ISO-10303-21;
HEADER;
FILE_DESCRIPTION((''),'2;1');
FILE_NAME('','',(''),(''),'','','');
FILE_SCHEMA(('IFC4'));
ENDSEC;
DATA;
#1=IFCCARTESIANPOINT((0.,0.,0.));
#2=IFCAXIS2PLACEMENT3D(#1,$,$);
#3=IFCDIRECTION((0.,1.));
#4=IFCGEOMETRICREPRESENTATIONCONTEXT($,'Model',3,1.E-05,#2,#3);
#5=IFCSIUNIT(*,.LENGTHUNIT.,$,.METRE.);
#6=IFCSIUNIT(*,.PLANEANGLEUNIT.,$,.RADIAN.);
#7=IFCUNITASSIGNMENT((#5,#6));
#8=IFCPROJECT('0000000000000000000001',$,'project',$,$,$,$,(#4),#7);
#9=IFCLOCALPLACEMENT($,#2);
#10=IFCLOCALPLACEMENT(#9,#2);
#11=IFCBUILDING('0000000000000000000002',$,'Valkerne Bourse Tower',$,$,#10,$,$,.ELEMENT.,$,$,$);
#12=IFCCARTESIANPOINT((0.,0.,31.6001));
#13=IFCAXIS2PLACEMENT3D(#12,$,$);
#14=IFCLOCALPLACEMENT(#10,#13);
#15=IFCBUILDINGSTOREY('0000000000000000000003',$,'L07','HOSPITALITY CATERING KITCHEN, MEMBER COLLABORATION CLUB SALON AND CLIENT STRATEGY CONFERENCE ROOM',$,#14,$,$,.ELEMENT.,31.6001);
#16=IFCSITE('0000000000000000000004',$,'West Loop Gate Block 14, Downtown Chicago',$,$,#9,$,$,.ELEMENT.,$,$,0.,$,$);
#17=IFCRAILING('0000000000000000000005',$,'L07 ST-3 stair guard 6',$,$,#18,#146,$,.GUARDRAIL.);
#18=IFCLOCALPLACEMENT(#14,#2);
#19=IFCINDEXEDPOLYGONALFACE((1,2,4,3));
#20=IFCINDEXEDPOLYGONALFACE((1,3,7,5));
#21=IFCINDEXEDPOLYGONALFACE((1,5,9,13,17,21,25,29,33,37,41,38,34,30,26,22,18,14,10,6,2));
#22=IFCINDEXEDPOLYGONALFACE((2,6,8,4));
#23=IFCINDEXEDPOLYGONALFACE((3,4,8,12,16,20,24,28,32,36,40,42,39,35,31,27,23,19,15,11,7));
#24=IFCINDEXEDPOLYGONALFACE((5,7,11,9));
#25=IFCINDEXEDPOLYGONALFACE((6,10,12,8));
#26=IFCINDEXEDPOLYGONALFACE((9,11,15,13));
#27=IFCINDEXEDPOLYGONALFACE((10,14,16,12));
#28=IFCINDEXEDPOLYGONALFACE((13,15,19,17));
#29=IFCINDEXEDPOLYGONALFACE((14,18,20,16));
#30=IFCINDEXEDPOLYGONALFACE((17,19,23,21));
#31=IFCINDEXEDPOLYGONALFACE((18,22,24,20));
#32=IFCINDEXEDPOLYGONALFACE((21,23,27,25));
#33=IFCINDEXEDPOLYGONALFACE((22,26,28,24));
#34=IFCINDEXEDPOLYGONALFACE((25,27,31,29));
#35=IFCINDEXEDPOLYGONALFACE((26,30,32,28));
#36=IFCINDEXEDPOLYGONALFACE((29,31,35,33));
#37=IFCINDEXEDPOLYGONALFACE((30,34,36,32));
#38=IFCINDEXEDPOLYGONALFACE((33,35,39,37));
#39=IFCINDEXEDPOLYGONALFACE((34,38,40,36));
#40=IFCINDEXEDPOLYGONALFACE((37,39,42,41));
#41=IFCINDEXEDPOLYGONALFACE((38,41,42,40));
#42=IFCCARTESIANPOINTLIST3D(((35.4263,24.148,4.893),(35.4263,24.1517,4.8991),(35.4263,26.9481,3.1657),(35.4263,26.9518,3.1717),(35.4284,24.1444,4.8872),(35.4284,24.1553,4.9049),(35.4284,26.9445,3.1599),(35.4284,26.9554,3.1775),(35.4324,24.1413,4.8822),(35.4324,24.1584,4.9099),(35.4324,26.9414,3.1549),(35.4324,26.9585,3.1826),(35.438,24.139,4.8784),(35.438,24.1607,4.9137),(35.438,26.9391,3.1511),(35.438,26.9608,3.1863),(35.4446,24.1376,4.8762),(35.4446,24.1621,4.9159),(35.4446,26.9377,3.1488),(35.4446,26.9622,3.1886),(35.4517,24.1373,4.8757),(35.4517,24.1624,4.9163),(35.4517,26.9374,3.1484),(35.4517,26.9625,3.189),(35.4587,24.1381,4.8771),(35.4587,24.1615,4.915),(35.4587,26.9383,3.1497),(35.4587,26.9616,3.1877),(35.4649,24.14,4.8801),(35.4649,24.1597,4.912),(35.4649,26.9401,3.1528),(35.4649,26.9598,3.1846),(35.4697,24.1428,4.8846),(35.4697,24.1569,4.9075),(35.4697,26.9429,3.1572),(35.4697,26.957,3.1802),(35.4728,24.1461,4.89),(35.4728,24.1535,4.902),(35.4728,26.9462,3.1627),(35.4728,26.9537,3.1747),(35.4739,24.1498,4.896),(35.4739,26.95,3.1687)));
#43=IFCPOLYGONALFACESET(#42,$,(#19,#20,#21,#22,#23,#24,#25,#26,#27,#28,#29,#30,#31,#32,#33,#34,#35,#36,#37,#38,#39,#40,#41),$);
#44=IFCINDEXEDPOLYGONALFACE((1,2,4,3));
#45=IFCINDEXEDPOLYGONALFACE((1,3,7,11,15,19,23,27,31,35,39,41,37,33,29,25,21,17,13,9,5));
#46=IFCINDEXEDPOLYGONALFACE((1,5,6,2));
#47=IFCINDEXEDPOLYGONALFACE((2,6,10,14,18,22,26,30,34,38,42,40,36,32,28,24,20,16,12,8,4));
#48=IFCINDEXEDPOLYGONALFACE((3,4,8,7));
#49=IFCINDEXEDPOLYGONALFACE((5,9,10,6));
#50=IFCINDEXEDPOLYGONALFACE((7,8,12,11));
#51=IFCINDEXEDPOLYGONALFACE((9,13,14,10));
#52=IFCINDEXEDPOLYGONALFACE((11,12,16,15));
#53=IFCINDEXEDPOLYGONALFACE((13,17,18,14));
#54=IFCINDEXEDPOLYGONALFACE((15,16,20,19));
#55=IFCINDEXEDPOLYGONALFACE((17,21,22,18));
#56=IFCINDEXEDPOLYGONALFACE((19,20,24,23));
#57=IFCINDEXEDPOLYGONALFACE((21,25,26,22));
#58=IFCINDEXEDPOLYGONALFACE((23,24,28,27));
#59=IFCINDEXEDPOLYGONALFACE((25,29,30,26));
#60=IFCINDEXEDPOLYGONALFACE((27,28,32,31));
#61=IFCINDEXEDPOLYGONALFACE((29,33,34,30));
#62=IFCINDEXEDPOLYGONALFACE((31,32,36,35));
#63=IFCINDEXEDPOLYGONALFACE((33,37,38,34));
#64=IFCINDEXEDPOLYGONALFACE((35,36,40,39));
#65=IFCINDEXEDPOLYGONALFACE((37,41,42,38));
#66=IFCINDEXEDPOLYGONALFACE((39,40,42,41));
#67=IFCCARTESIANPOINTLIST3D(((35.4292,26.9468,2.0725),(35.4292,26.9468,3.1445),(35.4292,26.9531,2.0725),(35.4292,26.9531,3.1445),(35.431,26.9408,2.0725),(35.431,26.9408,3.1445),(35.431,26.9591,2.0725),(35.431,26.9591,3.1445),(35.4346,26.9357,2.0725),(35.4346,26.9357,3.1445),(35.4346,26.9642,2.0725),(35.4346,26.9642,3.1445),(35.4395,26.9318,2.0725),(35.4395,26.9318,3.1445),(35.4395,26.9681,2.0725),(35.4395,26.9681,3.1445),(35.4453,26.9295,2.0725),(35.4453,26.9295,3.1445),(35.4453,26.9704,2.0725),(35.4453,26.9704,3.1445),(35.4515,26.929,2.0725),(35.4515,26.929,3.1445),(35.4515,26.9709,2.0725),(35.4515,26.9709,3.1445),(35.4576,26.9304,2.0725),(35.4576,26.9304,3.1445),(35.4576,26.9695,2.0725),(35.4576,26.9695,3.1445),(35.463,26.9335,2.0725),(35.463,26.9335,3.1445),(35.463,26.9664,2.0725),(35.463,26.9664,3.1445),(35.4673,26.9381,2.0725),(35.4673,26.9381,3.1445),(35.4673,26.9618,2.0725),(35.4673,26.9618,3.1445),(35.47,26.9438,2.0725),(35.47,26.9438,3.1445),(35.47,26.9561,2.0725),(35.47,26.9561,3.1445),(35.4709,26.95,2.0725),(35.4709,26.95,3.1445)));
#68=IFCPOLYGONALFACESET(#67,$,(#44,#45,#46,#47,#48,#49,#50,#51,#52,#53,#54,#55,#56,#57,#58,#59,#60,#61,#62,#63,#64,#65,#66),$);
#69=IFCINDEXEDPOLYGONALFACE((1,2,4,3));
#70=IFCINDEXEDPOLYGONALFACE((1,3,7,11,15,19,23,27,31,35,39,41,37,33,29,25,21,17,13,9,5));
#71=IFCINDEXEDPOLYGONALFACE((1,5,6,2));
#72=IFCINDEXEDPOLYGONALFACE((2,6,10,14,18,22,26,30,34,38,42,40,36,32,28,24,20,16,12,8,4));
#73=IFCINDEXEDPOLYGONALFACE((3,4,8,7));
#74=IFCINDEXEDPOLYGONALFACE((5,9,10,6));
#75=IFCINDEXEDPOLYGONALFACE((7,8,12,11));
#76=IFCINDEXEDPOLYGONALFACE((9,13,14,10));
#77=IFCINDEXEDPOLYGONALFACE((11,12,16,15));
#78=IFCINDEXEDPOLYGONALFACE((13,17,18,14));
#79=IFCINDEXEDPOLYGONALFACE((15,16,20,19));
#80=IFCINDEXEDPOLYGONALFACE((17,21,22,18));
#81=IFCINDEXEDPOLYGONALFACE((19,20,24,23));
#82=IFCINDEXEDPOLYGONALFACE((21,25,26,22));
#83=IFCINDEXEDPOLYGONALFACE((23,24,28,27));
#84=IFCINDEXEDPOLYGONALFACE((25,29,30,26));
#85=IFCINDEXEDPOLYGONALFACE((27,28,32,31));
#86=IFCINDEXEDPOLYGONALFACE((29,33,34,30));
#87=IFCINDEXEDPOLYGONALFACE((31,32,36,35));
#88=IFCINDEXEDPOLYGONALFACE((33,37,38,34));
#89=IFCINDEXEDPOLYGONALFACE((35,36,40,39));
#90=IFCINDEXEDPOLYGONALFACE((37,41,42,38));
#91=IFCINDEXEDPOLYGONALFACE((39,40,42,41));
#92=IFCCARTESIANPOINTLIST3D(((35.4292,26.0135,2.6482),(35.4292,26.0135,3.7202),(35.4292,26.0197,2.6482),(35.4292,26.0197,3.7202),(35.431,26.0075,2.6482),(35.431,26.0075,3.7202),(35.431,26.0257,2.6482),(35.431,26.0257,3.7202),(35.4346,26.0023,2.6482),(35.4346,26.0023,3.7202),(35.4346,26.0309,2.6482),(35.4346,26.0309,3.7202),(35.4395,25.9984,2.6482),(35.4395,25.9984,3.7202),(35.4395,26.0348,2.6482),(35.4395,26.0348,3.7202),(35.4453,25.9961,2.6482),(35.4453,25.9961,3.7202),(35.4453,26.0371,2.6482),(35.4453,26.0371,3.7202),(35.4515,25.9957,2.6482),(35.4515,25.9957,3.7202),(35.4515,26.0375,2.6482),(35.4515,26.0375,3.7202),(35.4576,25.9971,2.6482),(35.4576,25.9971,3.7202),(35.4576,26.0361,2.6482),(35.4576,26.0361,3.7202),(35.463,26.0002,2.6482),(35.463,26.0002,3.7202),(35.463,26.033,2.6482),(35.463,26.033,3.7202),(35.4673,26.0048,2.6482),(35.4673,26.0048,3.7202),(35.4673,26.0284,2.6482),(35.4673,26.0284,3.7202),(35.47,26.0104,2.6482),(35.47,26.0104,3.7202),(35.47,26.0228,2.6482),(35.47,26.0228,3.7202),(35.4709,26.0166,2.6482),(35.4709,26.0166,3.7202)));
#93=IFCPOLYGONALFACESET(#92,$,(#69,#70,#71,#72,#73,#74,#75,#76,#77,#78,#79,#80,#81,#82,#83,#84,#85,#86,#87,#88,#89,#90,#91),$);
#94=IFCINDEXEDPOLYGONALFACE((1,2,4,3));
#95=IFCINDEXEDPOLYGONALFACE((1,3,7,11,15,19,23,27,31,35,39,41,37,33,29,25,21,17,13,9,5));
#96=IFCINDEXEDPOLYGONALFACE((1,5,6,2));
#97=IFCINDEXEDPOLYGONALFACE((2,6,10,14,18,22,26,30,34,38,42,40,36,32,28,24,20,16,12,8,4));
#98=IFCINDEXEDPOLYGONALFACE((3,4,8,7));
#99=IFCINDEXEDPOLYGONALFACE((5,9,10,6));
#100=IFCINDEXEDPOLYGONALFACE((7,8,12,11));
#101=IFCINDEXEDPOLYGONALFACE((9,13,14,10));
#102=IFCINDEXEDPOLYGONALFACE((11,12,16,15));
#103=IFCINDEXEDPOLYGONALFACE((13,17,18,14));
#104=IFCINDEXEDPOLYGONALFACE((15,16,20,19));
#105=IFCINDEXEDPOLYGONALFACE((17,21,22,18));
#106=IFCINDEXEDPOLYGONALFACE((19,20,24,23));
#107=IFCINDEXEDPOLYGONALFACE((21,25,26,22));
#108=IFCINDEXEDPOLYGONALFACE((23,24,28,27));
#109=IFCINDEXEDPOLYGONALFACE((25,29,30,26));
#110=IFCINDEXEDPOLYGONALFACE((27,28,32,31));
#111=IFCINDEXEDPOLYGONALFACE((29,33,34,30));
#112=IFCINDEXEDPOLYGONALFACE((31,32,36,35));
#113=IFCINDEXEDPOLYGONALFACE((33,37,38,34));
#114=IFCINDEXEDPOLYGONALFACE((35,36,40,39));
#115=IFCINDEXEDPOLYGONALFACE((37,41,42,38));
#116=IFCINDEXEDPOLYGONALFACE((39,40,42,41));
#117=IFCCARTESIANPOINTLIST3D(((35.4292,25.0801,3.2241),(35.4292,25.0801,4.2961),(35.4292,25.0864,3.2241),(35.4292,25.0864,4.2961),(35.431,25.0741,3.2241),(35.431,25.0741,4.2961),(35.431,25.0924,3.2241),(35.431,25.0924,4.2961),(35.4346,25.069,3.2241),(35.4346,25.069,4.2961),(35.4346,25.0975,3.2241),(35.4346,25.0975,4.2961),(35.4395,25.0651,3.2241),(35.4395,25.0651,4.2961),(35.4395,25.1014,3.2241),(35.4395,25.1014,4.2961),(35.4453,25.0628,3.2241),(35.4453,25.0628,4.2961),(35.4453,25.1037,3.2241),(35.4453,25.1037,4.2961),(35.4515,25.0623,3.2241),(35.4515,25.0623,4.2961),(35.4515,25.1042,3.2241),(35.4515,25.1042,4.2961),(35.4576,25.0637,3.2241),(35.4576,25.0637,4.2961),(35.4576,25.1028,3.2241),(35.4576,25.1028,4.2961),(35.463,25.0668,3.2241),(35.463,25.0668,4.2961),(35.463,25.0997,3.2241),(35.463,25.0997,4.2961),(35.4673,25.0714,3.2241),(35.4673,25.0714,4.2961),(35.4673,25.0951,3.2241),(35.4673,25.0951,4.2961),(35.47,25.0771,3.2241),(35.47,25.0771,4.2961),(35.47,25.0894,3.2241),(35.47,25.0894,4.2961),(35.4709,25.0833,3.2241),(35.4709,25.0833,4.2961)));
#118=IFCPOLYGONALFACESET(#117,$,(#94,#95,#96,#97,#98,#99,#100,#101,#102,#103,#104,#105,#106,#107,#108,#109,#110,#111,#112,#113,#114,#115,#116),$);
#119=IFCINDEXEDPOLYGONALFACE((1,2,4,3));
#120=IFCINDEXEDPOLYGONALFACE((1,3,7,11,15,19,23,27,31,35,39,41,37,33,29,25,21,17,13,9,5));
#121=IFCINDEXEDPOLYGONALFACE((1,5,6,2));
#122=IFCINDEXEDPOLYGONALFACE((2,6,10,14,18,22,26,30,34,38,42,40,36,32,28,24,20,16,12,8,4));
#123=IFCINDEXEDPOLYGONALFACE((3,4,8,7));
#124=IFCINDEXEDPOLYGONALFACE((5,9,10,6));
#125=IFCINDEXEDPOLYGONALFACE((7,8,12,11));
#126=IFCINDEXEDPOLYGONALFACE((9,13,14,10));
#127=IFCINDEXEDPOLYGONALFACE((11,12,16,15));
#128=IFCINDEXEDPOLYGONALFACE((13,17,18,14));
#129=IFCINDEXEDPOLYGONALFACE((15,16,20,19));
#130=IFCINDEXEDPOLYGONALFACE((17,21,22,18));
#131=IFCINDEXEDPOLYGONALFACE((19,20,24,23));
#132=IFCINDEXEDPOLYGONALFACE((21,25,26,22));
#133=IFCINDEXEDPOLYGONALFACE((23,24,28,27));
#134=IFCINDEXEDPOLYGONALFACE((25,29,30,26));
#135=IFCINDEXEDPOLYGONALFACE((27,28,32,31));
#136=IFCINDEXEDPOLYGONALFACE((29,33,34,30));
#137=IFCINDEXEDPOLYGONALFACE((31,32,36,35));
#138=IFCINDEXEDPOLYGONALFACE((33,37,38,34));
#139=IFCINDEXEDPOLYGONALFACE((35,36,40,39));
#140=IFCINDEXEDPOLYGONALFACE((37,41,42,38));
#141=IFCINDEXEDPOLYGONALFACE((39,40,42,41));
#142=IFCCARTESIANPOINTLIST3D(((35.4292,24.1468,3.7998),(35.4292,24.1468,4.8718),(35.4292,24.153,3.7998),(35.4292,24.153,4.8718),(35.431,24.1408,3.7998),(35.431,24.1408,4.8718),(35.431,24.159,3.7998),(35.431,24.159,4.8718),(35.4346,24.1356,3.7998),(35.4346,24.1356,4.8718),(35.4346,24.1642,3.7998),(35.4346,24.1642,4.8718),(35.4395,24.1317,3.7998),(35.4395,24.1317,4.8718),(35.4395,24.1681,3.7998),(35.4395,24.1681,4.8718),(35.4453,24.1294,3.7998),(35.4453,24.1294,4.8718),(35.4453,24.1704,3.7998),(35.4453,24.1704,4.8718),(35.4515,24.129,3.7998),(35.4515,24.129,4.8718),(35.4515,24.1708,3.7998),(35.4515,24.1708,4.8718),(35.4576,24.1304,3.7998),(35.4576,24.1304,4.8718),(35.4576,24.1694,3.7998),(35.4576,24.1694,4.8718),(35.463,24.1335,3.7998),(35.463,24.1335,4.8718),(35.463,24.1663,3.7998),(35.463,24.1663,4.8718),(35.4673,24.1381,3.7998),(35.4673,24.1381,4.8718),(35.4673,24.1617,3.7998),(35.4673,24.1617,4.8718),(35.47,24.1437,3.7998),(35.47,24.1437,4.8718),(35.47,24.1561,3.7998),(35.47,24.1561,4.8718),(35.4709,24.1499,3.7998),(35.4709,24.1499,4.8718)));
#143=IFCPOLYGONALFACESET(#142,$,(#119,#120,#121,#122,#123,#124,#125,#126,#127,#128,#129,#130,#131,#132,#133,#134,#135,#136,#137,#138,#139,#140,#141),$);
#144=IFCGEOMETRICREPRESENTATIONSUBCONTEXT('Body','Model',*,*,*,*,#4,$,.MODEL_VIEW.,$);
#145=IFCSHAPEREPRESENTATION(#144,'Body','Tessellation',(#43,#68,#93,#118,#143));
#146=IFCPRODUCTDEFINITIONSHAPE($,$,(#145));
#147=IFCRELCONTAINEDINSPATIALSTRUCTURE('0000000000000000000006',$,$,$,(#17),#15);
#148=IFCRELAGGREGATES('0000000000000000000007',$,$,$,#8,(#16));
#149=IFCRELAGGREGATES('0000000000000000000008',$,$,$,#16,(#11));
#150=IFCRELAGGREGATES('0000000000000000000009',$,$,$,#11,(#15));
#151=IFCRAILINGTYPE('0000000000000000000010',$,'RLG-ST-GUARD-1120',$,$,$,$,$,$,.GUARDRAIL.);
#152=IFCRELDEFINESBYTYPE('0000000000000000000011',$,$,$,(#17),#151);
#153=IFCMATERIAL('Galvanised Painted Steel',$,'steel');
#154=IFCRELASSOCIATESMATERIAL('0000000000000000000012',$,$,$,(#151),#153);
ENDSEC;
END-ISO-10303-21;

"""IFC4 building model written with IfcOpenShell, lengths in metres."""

from ifc_helpers import new_model, si_unit, direction, frame, origin, origin_2d, place, context, subcontext, project, spatial, circle, extrude, material, type_object, element, save


model = new_model("IFC4")

# Units and contexts
model_context = context("Model", 3, precision=1e-05, world=origin(), true_north=direction((0.0, 1.0)))
body_context = subcontext(model_context, "Body", "Model", "MODEL_VIEW")
ifc_project = project(units=[si_unit("LENGTHUNIT", "METRE"), si_unit("PLANEANGLEUNIT", "RADIAN")], contexts=[model_context])

# Site, building, storey
site_placement = place(None, origin())
site = spatial("IfcSite", under=ifc_project, at=site_placement, Name="West Loop Gate Block 14, Downtown Chicago", CompositionType="ELEMENT", RefElevation=0.0)
building_placement = place(site_placement, origin())
building = spatial("IfcBuilding", under=site, at=building_placement, Name="Valkerne Bourse Tower", CompositionType="ELEMENT")
storey_placement = place(building_placement, frame((0.0, 0.0, 31.6001)))
storey = spatial("IfcBuildingStorey", under=building, at=storey_placement, Name="L07", Description="HOSPITALITY CATERING KITCHEN, MEMBER COLLABORATION CLUB SALON AND CLIENT STRATEGY CONFERENCE ROOM", CompositionType="ELEMENT", Elevation=31.6001)

# Railing
ifc_material_1 = material(Name="Galvanised Painted Steel", Category="steel")
railing_type_1 = type_object("IfcRailingType", Name="RLG-ST-GUARD-1120", PredefinedType="GUARDRAIL", material=ifc_material_1)
railing_1_placement = place(storey_placement, frame((35.45, 26.95, 2.0725)))
element("IfcRailing", 1, at=railing_1_placement, inside=storey, type_object=railing_type_1, Name="L07 ST-3 stair guard 6", PredefinedType="GUARDRAIL", context=body_context, shape_type="SweptSolid", body=[
    extrude(circle(Radius=0.0239, at=origin_2d()), frame((0.0, 0.0, 1.0962), z_axis=(0.0, -0.85109, 0.52502), x_axis=(1.0, 0.0, 0.0)), (0.0, 0.0, 1.0), 3.29),
    extrude(circle(Radius=0.021, at=origin_2d()), origin(), (0.0, 0.0, 1.0), 1.072),
    extrude(circle(Radius=0.021, at=origin_2d()), frame((0.0, -0.9333, 0.5757)), (0.0, 0.0, 1.0), 1.072),
    extrude(circle(Radius=0.021, at=origin_2d()), frame((0.0, -1.8667, 1.1516)), (0.0, 0.0, 1.0), 1.072),
    extrude(circle(Radius=0.021, at=origin_2d()), frame((0.0, -2.8, 1.7273)), (0.0, 0.0, 1.0), 1.072),
])

save(model, "model.ifc")
